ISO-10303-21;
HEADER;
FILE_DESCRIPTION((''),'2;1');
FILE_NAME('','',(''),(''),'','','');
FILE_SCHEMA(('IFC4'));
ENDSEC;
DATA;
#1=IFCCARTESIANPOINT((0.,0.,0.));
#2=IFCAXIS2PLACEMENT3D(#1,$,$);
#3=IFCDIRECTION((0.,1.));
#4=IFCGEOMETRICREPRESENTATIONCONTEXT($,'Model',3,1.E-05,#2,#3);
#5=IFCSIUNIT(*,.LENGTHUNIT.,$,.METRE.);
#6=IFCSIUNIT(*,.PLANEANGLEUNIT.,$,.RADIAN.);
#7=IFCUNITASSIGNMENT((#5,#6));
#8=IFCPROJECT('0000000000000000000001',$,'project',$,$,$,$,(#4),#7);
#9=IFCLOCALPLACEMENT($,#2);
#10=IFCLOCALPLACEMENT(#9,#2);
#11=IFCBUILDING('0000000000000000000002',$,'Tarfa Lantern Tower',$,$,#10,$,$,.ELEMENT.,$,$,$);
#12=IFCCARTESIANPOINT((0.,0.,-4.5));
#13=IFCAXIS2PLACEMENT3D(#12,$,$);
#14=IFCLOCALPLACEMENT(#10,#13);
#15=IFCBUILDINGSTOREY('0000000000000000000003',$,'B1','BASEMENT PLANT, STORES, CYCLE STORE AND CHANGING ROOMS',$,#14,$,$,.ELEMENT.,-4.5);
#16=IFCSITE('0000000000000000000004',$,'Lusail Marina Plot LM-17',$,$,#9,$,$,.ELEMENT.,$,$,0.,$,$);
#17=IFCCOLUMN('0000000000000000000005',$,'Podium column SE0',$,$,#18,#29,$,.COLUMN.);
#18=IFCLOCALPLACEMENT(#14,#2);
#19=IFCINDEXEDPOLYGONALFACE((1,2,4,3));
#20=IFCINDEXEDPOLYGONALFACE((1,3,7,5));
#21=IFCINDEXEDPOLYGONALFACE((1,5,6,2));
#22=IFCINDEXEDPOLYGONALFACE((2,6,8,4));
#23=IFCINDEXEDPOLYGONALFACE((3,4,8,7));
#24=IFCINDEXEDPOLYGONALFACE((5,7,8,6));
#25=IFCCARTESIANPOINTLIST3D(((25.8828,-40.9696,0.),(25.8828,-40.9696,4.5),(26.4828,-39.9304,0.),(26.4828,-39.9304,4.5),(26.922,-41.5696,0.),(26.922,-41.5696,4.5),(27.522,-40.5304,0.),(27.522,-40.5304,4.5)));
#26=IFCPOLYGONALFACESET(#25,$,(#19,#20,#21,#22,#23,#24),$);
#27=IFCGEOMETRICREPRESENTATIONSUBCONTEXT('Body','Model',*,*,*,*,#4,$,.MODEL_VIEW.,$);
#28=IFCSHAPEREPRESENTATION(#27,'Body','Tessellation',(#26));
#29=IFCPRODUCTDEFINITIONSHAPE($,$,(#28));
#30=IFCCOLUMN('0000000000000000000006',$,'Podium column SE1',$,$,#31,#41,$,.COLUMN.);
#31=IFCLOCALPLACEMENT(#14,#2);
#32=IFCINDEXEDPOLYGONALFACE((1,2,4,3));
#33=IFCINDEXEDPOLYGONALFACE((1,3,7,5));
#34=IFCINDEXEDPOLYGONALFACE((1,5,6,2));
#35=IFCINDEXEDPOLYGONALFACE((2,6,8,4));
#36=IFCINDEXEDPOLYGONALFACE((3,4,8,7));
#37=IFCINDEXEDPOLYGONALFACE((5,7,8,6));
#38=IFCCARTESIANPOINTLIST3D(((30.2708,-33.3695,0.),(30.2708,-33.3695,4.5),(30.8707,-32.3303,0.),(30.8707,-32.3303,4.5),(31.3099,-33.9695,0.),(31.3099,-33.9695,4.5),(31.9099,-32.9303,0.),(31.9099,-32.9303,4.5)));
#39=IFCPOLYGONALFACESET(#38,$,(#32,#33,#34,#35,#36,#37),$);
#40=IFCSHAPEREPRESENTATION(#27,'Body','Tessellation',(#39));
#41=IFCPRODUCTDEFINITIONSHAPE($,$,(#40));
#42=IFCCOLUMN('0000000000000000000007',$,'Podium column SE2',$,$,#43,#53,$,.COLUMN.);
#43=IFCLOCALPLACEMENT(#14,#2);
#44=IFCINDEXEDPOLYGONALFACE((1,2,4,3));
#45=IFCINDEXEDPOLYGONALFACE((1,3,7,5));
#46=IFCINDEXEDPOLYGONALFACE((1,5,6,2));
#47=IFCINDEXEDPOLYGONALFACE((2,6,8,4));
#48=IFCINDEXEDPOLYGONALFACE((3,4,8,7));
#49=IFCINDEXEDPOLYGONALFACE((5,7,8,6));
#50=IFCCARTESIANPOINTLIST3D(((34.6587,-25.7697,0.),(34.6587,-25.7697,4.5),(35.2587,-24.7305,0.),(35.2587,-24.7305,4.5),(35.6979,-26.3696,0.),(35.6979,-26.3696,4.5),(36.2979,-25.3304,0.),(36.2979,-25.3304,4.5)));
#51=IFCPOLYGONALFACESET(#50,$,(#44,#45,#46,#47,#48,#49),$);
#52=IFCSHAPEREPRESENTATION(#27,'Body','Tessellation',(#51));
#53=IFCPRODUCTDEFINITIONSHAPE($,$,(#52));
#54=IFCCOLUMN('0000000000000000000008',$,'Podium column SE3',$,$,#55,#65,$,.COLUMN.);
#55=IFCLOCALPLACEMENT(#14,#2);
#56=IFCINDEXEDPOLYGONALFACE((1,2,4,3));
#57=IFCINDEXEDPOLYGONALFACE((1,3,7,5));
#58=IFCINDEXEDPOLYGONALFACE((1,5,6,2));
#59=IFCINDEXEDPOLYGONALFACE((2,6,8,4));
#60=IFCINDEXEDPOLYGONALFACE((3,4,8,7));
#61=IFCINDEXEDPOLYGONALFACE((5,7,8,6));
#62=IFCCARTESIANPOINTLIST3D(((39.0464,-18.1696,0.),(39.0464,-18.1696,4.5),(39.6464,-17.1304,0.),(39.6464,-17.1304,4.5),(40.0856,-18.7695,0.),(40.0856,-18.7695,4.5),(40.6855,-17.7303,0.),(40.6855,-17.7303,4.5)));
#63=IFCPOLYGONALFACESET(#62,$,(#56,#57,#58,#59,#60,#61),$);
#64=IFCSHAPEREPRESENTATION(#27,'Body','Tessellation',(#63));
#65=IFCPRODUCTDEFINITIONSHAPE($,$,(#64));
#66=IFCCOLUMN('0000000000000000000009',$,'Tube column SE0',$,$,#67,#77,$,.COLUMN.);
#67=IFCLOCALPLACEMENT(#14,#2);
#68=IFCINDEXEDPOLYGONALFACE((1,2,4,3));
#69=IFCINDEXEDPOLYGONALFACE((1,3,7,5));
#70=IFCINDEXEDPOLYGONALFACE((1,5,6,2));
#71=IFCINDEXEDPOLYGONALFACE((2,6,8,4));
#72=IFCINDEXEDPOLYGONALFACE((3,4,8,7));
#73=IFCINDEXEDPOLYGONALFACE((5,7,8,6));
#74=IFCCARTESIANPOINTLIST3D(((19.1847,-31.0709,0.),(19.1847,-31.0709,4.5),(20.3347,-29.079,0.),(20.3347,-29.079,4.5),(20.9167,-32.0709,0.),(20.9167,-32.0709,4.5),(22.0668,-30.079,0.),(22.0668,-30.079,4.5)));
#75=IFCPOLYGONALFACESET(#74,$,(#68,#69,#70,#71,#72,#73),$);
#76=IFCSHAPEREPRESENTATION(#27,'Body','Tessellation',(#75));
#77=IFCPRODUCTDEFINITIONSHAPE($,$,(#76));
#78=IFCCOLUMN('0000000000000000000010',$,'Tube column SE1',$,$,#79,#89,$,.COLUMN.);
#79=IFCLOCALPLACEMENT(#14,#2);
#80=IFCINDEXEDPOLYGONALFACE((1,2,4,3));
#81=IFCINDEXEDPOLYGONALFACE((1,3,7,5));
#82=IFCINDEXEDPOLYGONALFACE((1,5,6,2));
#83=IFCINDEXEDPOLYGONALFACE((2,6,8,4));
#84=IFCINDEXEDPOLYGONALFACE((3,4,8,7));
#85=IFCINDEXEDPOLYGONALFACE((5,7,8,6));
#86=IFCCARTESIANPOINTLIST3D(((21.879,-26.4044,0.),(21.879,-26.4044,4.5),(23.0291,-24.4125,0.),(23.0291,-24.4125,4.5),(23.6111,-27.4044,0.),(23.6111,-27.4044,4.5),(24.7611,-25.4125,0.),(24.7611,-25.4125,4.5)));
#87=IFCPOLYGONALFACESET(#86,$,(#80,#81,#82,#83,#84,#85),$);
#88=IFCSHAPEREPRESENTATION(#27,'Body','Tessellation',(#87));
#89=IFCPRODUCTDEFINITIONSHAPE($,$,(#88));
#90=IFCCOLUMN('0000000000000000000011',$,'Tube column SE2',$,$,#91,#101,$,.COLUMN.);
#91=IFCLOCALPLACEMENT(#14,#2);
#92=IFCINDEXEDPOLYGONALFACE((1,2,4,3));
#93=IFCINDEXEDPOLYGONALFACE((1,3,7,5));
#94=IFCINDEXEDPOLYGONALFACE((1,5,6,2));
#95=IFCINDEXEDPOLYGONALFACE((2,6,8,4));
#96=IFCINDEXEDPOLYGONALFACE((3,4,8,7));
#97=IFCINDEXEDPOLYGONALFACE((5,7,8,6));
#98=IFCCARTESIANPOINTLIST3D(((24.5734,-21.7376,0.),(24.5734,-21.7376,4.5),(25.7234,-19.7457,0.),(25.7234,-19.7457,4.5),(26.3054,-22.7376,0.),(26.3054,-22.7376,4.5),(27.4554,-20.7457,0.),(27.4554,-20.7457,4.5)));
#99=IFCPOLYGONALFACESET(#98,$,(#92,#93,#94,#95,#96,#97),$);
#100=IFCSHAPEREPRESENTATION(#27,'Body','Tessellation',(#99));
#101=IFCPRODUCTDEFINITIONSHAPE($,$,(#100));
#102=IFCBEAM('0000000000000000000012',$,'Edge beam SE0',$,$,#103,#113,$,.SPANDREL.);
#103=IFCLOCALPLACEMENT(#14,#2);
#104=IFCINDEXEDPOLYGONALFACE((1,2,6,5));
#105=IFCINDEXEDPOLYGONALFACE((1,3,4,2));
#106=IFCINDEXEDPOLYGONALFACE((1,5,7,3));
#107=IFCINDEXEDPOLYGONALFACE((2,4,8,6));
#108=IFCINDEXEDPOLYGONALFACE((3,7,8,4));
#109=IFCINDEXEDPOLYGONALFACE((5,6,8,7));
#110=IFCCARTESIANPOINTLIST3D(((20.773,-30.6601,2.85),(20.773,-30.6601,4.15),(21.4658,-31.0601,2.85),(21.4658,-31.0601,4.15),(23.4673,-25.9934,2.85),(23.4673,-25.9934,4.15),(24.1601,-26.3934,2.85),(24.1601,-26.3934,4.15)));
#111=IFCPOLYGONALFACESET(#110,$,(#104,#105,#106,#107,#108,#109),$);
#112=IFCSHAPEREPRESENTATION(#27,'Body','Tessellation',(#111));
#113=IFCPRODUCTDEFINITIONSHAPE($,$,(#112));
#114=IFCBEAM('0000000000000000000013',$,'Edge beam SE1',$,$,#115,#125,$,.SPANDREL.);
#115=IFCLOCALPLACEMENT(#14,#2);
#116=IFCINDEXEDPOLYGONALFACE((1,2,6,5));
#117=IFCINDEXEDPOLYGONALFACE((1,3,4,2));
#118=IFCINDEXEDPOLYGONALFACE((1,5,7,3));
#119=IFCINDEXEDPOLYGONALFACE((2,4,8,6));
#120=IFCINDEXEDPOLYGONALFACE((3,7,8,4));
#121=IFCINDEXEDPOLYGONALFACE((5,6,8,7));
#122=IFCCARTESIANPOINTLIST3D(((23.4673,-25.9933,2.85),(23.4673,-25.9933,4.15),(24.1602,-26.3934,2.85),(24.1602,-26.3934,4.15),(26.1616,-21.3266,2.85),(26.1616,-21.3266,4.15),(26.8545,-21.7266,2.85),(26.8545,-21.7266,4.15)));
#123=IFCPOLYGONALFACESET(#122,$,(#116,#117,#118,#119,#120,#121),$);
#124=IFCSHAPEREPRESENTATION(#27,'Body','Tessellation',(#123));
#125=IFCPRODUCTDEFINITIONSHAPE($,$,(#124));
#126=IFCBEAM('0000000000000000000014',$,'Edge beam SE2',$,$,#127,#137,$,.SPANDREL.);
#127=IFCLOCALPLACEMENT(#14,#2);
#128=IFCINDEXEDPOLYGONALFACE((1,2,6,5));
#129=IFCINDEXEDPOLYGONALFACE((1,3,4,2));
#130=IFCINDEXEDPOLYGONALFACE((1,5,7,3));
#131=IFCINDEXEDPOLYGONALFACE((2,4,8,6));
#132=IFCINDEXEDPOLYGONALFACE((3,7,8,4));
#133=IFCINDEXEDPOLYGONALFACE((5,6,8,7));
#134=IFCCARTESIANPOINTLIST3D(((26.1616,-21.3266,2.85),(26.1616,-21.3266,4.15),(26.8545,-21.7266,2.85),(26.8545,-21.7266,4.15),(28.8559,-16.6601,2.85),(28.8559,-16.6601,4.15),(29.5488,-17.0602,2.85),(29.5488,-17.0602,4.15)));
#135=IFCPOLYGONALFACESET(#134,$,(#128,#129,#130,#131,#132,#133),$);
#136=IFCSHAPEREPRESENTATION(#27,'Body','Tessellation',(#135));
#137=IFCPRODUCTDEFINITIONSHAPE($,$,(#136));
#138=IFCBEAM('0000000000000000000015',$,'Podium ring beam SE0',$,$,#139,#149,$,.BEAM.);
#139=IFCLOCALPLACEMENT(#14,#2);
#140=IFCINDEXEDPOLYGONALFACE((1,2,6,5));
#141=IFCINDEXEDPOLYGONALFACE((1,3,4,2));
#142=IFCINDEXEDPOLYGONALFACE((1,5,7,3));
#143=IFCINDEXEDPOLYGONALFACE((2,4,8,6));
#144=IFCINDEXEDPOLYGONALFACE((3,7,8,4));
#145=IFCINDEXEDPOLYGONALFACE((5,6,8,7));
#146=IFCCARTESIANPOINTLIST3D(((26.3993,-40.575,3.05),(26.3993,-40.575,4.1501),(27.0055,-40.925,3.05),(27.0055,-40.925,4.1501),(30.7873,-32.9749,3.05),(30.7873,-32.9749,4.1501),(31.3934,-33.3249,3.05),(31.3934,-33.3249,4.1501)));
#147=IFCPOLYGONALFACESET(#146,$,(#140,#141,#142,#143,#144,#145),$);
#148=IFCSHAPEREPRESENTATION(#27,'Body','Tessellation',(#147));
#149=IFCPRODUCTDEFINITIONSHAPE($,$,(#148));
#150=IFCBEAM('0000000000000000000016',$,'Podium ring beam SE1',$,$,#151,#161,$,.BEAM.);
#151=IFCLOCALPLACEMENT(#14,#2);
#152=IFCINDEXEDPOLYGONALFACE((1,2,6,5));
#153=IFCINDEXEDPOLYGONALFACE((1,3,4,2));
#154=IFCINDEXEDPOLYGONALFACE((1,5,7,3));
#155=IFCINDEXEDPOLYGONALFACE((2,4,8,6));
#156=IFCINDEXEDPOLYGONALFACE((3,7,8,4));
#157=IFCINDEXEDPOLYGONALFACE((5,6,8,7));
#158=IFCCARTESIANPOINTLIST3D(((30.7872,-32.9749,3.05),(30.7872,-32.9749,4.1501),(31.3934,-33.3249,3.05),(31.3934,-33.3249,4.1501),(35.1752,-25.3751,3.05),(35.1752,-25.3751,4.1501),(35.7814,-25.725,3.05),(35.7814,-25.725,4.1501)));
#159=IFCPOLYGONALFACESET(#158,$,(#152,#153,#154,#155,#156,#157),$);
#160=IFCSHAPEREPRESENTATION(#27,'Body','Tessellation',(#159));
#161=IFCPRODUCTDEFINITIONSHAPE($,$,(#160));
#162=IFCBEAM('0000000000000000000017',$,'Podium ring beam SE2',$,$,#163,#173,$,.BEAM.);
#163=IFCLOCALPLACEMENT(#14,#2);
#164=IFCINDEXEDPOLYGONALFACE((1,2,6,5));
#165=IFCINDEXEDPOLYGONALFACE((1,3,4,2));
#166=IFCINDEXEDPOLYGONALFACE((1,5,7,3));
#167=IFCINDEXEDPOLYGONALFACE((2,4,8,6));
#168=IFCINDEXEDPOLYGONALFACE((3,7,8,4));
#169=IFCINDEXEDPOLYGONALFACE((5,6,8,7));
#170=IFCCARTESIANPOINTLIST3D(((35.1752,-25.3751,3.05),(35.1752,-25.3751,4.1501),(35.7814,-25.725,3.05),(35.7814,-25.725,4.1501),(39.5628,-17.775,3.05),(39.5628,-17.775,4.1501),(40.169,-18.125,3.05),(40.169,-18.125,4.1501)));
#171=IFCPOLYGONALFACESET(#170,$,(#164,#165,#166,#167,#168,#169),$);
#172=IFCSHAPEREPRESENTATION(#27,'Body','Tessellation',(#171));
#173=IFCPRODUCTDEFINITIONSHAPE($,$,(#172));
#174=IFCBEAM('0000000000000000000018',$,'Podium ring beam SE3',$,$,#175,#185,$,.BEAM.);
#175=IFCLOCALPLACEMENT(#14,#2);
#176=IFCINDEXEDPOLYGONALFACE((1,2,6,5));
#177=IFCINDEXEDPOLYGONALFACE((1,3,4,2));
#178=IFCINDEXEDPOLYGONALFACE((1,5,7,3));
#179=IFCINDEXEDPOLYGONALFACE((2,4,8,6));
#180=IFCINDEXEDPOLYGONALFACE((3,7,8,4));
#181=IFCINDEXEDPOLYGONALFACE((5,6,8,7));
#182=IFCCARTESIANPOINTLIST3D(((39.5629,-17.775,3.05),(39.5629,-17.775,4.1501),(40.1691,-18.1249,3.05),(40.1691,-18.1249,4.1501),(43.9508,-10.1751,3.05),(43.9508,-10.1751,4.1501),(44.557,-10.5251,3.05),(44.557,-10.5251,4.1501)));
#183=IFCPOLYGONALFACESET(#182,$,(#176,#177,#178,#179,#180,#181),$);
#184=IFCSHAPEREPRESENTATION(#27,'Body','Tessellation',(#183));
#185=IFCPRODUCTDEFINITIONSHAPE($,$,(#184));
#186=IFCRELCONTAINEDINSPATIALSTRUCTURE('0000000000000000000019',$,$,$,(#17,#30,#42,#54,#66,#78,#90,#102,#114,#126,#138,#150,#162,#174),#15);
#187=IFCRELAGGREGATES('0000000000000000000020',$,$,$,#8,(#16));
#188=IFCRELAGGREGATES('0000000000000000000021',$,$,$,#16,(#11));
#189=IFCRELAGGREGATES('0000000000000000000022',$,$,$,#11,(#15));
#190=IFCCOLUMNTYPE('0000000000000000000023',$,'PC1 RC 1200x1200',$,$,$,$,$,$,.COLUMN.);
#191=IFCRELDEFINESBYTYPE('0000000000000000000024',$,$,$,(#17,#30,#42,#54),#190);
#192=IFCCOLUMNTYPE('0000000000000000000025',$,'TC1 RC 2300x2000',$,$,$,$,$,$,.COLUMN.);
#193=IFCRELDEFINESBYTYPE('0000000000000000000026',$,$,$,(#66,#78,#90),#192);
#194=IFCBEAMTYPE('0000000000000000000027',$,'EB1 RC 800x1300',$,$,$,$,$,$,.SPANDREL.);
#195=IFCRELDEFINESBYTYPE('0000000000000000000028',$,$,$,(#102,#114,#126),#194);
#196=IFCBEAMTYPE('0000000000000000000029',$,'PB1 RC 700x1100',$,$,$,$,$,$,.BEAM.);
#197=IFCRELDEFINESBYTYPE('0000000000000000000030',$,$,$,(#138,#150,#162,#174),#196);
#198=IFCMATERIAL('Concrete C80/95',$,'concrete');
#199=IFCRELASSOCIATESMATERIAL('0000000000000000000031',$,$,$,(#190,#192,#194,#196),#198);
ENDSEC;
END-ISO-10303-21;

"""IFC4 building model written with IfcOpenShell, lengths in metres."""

from ifc_helpers import new_model, si_unit, direction, frame, origin, origin_2d, place, context, subcontext, project, spatial, rectangle, extrude, material, material_profile, profile_set, type_object, element, save


model = new_model("IFC4")

# Units and contexts
model_context = context("Model", 3, precision=1e-05, world=origin(), true_north=direction((0.0, 1.0)))
body_context = subcontext(model_context, "Body", "Model", "MODEL_VIEW")
ifc_project = project(units=[si_unit("LENGTHUNIT", "METRE"), si_unit("PLANEANGLEUNIT", "RADIAN")], contexts=[model_context])

# Site, building, storey
site_placement = place(None, origin())
site = spatial("IfcSite", under=ifc_project, at=site_placement, Name="Lusail Marina Plot LM-17", CompositionType="ELEMENT", RefElevation=0.0)
building_placement = place(site_placement, origin())
building = spatial("IfcBuilding", under=site, at=building_placement, Name="Tarfa Lantern Tower", CompositionType="ELEMENT")
storey_placement = place(building_placement, frame((0.0, 0.0, -4.5)))
storey = spatial("IfcBuildingStorey", under=building, at=storey_placement, Name="B1", Description="BASEMENT PLANT, STORES, CYCLE STORE AND CHANGING ROOMS", CompositionType="ELEMENT", Elevation=-4.5)

# Columns
ifc_material_1 = material(Name="Concrete C80/95", Category="concrete")
ifc_material_profile_1 = material_profile(ifc_material_1, rectangle(XDim=1.2, YDim=1.2, at=origin_2d()), Name="RC 1200x1200")
ifc_profile_set_1 = profile_set([ifc_material_profile_1], Name="Concrete C80/95")
column_type_1 = type_object("IfcColumnType", Name="PC1 RC 1200x1200", PredefinedType="COLUMN", material=ifc_profile_set_1)
for number, where, z_axis, x_axis, name in (
    (1, (26.7024, -40.75, 0.0), (0.0, 0.0, 1.0), (0.5, 0.866025, 0.0), "Podium column SE0"),
    (2, (31.0903, -33.1499, 0.0), (0.0, 0.0, 1.0), (0.5, 0.866025, 0.0), "Podium column SE1"),
    (3, (35.4783, -25.55, 0.0), (0.0, 0.0, 1.0), (0.5, 0.866025, 0.0), "Podium column SE2"),
    (4, (39.866, -17.95, 0.0), (0.0, 0.0, 1.0), (0.5, 0.866025, 0.0), "Podium column SE3"),
):
    element("IfcColumn", number, at=place(storey_placement, frame(where, z_axis=z_axis, x_axis=x_axis)), inside=storey, type_object=column_type_1, Name=name, PredefinedType="COLUMN", context=body_context, shape_type="SweptSolid", body=[
        extrude(rectangle(XDim=1.2, YDim=1.2, at=origin_2d()), origin(), (0.0, 0.0, 1.0), 4.5),
    ])
ifc_material_profile_2 = material_profile(ifc_material_1, rectangle(XDim=2.3, YDim=2.0, at=origin_2d()), Name="RC 2300x2000")
ifc_profile_set_2 = profile_set([ifc_material_profile_2], Name="Concrete C80/95")
column_type_2 = type_object("IfcColumnType", Name="TC1 RC 2300x2000", PredefinedType="COLUMN", material=ifc_profile_set_2)
for number, where, z_axis, x_axis, name in (
    (5, (20.6257, -30.575, 0.0), (0.0, 0.0, 1.0), (0.5, 0.866025, 0.0), "Tube column SE0"),
    (6, (23.3201, -25.9084, 0.0), (0.0, 0.0, 1.0), (0.5, 0.866025, 0.0), "Tube column SE1"),
    (7, (26.0144, -21.2417, 0.0), (0.0, 0.0, 1.0), (0.5, 0.866025, 0.0), "Tube column SE2"),
):
    element("IfcColumn", number, at=place(storey_placement, frame(where, z_axis=z_axis, x_axis=x_axis)), inside=storey, type_object=column_type_2, Name=name, PredefinedType="COLUMN", context=body_context, shape_type="SweptSolid", body=[
        extrude(rectangle(XDim=2.3, YDim=2.0, at=origin_2d()), origin(), (0.0, 0.0, 1.0), 4.5),
    ])

# Beams
ifc_material_profile_3 = material_profile(ifc_material_1, rectangle(XDim=0.8, YDim=1.3, at=origin_2d()), Name="RC 800x1300")
ifc_profile_set_3 = profile_set([ifc_material_profile_3], Name="Concrete C80/95")
beam_type_1 = type_object("IfcBeamType", Name="EB1 RC 800x1300", PredefinedType="SPANDREL", material=ifc_profile_set_3)
for number, where, z_axis, x_axis, name in (
    (8, (21.1194, -30.8601, 3.5), (0.499998, 0.866026, 0.0), (-0.866026, 0.499998, 0.0), "Edge beam SE0"),
    (9, (23.8137, -26.1934, 3.5), (0.499998, 0.866026, 0.0), (-0.866026, 0.499998, 0.0), "Edge beam SE1"),
):
    element("IfcBeam", number, at=place(storey_placement, frame(where, z_axis=z_axis, x_axis=x_axis)), inside=storey, type_object=beam_type_1, Name=name, PredefinedType="SPANDREL", context=body_context, shape_type="SweptSolid", body=[
        extrude(rectangle(XDim=0.8, YDim=1.3, at=origin_2d()), origin(), (0.0, 0.0, 1.0), 5.3887),
    ])
beam_1_placement = place(storey_placement, frame((26.5081, -21.5266, 3.5), z_axis=(0.500018, 0.866015, 0.0), x_axis=(-0.866015, 0.500018, 0.0)))
element("IfcBeam", 10, at=beam_1_placement, inside=storey, type_object=beam_type_1, Name="Edge beam SE2", PredefinedType="SPANDREL", context=body_context, shape_type="SweptSolid", body=[
    extrude(rectangle(XDim=0.8, YDim=1.3, at=origin_2d()), origin(), (0.0, 0.0, 1.0), 5.3884),
])
ifc_material_profile_4 = material_profile(ifc_material_1, rectangle(XDim=0.7, YDim=1.1001, at=origin_2d()), Name="RC 700x1100")
ifc_profile_set_4 = profile_set([ifc_material_profile_4], Name="Concrete C80/95")
beam_type_2 = type_object("IfcBeamType", Name="PB1 RC 700x1100", PredefinedType="BEAM", material=ifc_profile_set_4)
beam_2_placement = place(storey_placement, frame((26.7024, -40.75, 3.6001), z_axis=(0.500002, 0.866024, 0.0), x_axis=(-0.866024, 0.500002, 0.0)))
element("IfcBeam", 11, at=beam_2_placement, inside=storey, type_object=beam_type_2, Name="Podium ring beam SE0", PredefinedType="BEAM", context=body_context, shape_type="SweptSolid", body=[
    extrude(rectangle(XDim=0.7, YDim=1.1001, at=origin_2d()), origin(), (0.0, 0.0, 1.0), 8.7759),
])
for number, where, z_axis, x_axis, name in (
    (12, (31.0903, -33.1499, 3.6001), (0.500014, 0.866017, 0.0), (-0.866017, 0.500014, 0.0), "Podium ring beam SE1"),
    (13, (35.4783, -25.55, 3.6001), (0.499981, 0.866036, 0.0), (-0.866036, 0.499981, 0.0), "Podium ring beam SE2"),
    (14, (39.866, -17.95, 3.6001), (0.500014, 0.866017, 0.0), (-0.866017, 0.500014, 0.0), "Podium ring beam SE3"),
):
    element("IfcBeam", number, at=place(storey_placement, frame(where, z_axis=z_axis, x_axis=x_axis)), inside=storey, type_object=beam_type_2, Name=name, PredefinedType="BEAM", context=body_context, shape_type="SweptSolid", body=[
        extrude(rectangle(XDim=0.7, YDim=1.1001, at=origin_2d()), origin(), (0.0, 0.0, 1.0), 8.7756),
    ])

save(model, "model.ifc")
